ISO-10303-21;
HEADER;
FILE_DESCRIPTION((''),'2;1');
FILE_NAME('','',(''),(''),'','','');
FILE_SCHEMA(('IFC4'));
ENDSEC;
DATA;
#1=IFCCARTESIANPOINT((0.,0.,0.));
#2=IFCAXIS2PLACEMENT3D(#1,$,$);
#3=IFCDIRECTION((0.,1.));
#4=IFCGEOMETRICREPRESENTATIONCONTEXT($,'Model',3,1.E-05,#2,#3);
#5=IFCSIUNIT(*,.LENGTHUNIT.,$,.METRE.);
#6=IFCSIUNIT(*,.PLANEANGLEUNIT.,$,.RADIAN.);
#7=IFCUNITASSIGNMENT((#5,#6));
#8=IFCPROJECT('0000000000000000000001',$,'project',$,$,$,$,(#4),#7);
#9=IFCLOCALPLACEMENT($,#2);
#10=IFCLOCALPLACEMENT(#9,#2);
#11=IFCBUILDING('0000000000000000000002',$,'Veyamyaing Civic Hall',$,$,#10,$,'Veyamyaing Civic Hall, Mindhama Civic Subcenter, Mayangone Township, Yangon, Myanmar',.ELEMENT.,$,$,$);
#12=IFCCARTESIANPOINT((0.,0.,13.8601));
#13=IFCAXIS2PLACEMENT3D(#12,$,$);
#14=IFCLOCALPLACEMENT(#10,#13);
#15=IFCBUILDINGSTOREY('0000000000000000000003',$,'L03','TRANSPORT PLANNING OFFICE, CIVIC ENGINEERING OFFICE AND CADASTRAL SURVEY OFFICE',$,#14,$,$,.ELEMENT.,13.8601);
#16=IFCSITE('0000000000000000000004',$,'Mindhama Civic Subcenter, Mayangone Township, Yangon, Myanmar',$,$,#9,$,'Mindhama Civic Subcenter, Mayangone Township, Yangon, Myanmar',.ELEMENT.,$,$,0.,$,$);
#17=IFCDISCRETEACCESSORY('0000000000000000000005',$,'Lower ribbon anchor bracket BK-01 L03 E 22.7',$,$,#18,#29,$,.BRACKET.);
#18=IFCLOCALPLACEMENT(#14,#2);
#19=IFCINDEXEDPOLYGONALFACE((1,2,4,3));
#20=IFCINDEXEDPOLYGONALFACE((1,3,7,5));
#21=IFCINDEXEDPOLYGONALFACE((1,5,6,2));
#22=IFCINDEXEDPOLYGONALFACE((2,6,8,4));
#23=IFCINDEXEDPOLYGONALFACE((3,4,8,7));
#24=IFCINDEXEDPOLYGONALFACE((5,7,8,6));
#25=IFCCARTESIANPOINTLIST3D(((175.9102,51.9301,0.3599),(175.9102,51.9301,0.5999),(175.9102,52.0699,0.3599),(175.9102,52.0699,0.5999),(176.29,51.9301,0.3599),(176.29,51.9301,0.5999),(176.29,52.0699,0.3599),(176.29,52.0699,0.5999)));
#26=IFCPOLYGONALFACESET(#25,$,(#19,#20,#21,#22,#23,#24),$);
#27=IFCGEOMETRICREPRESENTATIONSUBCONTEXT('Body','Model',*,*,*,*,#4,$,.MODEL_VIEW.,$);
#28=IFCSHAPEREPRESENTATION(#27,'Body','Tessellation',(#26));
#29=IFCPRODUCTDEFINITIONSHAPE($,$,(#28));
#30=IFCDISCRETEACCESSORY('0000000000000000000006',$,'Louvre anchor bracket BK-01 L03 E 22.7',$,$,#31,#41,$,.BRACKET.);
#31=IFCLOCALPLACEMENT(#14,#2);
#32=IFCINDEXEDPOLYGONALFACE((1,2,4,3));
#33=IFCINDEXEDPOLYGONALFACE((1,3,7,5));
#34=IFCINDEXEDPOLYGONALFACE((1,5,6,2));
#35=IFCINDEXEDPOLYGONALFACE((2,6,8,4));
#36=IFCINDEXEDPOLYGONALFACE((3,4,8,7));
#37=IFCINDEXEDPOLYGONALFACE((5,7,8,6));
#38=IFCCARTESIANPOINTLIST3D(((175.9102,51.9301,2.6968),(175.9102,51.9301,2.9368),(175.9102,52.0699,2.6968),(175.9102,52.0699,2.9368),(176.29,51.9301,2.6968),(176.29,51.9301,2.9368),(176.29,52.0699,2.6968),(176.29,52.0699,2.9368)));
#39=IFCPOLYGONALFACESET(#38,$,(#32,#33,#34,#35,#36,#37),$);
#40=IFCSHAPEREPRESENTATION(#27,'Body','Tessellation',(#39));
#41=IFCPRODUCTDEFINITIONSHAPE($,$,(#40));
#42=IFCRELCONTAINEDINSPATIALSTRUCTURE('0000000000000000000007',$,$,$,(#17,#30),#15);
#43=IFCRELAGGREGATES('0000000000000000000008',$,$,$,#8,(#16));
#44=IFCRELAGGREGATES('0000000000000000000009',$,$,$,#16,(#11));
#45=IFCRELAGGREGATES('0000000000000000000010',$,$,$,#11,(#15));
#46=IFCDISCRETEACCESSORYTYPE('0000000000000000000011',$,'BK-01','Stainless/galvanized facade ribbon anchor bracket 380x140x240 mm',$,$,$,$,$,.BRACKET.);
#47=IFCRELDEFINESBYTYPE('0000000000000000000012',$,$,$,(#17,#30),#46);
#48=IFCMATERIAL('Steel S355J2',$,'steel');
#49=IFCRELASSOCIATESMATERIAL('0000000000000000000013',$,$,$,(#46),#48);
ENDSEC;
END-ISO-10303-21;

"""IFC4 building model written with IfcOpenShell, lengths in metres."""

from ifc_helpers import new_model, si_unit, direction, frame, origin, origin_2d, place, context, subcontext, project, spatial, rectangle, extrude, material, type_object, element, save


model = new_model("IFC4")

# Units and contexts
model_context = context("Model", 3, precision=1e-05, world=origin(), true_north=direction((0.0, 1.0)))
body_context = subcontext(model_context, "Body", "Model", "MODEL_VIEW")
ifc_project = project(units=[si_unit("LENGTHUNIT", "METRE"), si_unit("PLANEANGLEUNIT", "RADIAN")], contexts=[model_context])

# Site, building, storey
site_placement = place(None, origin())
site = spatial("IfcSite", under=ifc_project, at=site_placement, Name="Mindhama Civic Subcenter, Mayangone Township, Yangon, Myanmar", LongName="Mindhama Civic Subcenter, Mayangone Township, Yangon, Myanmar", CompositionType="ELEMENT", RefElevation=0.0)
building_placement = place(site_placement, origin())
building = spatial("IfcBuilding", under=site, at=building_placement, Name="Veyamyaing Civic Hall", LongName="Veyamyaing Civic Hall, Mindhama Civic Subcenter, Mayangone Township, Yangon, Myanmar", CompositionType="ELEMENT")
storey_placement = place(building_placement, frame((0.0, 0.0, 13.8601)))
storey = spatial("IfcBuildingStorey", under=building, at=storey_placement, Name="L03", Description="TRANSPORT PLANNING OFFICE, CIVIC ENGINEERING OFFICE AND CADASTRAL SURVEY OFFICE", CompositionType="ELEMENT", Elevation=13.8601)

# Discrete accessories
ifc_material_1 = material(Name="Steel S355J2", Category="steel")
discrete_accessory_type = type_object("IfcDiscreteAccessoryType", Name="BK-01", Description="Stainless/galvanized facade ribbon anchor bracket 380x140x240 mm", PredefinedType="BRACKET", material=ifc_material_1)
for number, where, z_axis, x_axis, name in (
    (1, (176.1001, 52.0, 0.3599), (0.0, 0.0, 1.0), (1.0, 0.0, 0.0), "Lower ribbon anchor bracket BK-01 L03 E 22.7"),
    (2, (176.1001, 52.0, 2.6968), (0.0, 0.0, 1.0), (1.0, 0.0, 0.0), "Louvre anchor bracket BK-01 L03 E 22.7"),
):
    element("IfcDiscreteAccessory", number, at=place(storey_placement, frame(where, z_axis=z_axis, x_axis=x_axis)), inside=storey, type_object=discrete_accessory_type, Name=name, PredefinedType="BRACKET", context=body_context, shape_type="SweptSolid", body=[
        extrude(rectangle(XDim=0.3799, YDim=0.1399, at=origin_2d()), origin(), (0.0, 0.0, 1.0), 0.24),
    ])

save(model, "model.ifc")
